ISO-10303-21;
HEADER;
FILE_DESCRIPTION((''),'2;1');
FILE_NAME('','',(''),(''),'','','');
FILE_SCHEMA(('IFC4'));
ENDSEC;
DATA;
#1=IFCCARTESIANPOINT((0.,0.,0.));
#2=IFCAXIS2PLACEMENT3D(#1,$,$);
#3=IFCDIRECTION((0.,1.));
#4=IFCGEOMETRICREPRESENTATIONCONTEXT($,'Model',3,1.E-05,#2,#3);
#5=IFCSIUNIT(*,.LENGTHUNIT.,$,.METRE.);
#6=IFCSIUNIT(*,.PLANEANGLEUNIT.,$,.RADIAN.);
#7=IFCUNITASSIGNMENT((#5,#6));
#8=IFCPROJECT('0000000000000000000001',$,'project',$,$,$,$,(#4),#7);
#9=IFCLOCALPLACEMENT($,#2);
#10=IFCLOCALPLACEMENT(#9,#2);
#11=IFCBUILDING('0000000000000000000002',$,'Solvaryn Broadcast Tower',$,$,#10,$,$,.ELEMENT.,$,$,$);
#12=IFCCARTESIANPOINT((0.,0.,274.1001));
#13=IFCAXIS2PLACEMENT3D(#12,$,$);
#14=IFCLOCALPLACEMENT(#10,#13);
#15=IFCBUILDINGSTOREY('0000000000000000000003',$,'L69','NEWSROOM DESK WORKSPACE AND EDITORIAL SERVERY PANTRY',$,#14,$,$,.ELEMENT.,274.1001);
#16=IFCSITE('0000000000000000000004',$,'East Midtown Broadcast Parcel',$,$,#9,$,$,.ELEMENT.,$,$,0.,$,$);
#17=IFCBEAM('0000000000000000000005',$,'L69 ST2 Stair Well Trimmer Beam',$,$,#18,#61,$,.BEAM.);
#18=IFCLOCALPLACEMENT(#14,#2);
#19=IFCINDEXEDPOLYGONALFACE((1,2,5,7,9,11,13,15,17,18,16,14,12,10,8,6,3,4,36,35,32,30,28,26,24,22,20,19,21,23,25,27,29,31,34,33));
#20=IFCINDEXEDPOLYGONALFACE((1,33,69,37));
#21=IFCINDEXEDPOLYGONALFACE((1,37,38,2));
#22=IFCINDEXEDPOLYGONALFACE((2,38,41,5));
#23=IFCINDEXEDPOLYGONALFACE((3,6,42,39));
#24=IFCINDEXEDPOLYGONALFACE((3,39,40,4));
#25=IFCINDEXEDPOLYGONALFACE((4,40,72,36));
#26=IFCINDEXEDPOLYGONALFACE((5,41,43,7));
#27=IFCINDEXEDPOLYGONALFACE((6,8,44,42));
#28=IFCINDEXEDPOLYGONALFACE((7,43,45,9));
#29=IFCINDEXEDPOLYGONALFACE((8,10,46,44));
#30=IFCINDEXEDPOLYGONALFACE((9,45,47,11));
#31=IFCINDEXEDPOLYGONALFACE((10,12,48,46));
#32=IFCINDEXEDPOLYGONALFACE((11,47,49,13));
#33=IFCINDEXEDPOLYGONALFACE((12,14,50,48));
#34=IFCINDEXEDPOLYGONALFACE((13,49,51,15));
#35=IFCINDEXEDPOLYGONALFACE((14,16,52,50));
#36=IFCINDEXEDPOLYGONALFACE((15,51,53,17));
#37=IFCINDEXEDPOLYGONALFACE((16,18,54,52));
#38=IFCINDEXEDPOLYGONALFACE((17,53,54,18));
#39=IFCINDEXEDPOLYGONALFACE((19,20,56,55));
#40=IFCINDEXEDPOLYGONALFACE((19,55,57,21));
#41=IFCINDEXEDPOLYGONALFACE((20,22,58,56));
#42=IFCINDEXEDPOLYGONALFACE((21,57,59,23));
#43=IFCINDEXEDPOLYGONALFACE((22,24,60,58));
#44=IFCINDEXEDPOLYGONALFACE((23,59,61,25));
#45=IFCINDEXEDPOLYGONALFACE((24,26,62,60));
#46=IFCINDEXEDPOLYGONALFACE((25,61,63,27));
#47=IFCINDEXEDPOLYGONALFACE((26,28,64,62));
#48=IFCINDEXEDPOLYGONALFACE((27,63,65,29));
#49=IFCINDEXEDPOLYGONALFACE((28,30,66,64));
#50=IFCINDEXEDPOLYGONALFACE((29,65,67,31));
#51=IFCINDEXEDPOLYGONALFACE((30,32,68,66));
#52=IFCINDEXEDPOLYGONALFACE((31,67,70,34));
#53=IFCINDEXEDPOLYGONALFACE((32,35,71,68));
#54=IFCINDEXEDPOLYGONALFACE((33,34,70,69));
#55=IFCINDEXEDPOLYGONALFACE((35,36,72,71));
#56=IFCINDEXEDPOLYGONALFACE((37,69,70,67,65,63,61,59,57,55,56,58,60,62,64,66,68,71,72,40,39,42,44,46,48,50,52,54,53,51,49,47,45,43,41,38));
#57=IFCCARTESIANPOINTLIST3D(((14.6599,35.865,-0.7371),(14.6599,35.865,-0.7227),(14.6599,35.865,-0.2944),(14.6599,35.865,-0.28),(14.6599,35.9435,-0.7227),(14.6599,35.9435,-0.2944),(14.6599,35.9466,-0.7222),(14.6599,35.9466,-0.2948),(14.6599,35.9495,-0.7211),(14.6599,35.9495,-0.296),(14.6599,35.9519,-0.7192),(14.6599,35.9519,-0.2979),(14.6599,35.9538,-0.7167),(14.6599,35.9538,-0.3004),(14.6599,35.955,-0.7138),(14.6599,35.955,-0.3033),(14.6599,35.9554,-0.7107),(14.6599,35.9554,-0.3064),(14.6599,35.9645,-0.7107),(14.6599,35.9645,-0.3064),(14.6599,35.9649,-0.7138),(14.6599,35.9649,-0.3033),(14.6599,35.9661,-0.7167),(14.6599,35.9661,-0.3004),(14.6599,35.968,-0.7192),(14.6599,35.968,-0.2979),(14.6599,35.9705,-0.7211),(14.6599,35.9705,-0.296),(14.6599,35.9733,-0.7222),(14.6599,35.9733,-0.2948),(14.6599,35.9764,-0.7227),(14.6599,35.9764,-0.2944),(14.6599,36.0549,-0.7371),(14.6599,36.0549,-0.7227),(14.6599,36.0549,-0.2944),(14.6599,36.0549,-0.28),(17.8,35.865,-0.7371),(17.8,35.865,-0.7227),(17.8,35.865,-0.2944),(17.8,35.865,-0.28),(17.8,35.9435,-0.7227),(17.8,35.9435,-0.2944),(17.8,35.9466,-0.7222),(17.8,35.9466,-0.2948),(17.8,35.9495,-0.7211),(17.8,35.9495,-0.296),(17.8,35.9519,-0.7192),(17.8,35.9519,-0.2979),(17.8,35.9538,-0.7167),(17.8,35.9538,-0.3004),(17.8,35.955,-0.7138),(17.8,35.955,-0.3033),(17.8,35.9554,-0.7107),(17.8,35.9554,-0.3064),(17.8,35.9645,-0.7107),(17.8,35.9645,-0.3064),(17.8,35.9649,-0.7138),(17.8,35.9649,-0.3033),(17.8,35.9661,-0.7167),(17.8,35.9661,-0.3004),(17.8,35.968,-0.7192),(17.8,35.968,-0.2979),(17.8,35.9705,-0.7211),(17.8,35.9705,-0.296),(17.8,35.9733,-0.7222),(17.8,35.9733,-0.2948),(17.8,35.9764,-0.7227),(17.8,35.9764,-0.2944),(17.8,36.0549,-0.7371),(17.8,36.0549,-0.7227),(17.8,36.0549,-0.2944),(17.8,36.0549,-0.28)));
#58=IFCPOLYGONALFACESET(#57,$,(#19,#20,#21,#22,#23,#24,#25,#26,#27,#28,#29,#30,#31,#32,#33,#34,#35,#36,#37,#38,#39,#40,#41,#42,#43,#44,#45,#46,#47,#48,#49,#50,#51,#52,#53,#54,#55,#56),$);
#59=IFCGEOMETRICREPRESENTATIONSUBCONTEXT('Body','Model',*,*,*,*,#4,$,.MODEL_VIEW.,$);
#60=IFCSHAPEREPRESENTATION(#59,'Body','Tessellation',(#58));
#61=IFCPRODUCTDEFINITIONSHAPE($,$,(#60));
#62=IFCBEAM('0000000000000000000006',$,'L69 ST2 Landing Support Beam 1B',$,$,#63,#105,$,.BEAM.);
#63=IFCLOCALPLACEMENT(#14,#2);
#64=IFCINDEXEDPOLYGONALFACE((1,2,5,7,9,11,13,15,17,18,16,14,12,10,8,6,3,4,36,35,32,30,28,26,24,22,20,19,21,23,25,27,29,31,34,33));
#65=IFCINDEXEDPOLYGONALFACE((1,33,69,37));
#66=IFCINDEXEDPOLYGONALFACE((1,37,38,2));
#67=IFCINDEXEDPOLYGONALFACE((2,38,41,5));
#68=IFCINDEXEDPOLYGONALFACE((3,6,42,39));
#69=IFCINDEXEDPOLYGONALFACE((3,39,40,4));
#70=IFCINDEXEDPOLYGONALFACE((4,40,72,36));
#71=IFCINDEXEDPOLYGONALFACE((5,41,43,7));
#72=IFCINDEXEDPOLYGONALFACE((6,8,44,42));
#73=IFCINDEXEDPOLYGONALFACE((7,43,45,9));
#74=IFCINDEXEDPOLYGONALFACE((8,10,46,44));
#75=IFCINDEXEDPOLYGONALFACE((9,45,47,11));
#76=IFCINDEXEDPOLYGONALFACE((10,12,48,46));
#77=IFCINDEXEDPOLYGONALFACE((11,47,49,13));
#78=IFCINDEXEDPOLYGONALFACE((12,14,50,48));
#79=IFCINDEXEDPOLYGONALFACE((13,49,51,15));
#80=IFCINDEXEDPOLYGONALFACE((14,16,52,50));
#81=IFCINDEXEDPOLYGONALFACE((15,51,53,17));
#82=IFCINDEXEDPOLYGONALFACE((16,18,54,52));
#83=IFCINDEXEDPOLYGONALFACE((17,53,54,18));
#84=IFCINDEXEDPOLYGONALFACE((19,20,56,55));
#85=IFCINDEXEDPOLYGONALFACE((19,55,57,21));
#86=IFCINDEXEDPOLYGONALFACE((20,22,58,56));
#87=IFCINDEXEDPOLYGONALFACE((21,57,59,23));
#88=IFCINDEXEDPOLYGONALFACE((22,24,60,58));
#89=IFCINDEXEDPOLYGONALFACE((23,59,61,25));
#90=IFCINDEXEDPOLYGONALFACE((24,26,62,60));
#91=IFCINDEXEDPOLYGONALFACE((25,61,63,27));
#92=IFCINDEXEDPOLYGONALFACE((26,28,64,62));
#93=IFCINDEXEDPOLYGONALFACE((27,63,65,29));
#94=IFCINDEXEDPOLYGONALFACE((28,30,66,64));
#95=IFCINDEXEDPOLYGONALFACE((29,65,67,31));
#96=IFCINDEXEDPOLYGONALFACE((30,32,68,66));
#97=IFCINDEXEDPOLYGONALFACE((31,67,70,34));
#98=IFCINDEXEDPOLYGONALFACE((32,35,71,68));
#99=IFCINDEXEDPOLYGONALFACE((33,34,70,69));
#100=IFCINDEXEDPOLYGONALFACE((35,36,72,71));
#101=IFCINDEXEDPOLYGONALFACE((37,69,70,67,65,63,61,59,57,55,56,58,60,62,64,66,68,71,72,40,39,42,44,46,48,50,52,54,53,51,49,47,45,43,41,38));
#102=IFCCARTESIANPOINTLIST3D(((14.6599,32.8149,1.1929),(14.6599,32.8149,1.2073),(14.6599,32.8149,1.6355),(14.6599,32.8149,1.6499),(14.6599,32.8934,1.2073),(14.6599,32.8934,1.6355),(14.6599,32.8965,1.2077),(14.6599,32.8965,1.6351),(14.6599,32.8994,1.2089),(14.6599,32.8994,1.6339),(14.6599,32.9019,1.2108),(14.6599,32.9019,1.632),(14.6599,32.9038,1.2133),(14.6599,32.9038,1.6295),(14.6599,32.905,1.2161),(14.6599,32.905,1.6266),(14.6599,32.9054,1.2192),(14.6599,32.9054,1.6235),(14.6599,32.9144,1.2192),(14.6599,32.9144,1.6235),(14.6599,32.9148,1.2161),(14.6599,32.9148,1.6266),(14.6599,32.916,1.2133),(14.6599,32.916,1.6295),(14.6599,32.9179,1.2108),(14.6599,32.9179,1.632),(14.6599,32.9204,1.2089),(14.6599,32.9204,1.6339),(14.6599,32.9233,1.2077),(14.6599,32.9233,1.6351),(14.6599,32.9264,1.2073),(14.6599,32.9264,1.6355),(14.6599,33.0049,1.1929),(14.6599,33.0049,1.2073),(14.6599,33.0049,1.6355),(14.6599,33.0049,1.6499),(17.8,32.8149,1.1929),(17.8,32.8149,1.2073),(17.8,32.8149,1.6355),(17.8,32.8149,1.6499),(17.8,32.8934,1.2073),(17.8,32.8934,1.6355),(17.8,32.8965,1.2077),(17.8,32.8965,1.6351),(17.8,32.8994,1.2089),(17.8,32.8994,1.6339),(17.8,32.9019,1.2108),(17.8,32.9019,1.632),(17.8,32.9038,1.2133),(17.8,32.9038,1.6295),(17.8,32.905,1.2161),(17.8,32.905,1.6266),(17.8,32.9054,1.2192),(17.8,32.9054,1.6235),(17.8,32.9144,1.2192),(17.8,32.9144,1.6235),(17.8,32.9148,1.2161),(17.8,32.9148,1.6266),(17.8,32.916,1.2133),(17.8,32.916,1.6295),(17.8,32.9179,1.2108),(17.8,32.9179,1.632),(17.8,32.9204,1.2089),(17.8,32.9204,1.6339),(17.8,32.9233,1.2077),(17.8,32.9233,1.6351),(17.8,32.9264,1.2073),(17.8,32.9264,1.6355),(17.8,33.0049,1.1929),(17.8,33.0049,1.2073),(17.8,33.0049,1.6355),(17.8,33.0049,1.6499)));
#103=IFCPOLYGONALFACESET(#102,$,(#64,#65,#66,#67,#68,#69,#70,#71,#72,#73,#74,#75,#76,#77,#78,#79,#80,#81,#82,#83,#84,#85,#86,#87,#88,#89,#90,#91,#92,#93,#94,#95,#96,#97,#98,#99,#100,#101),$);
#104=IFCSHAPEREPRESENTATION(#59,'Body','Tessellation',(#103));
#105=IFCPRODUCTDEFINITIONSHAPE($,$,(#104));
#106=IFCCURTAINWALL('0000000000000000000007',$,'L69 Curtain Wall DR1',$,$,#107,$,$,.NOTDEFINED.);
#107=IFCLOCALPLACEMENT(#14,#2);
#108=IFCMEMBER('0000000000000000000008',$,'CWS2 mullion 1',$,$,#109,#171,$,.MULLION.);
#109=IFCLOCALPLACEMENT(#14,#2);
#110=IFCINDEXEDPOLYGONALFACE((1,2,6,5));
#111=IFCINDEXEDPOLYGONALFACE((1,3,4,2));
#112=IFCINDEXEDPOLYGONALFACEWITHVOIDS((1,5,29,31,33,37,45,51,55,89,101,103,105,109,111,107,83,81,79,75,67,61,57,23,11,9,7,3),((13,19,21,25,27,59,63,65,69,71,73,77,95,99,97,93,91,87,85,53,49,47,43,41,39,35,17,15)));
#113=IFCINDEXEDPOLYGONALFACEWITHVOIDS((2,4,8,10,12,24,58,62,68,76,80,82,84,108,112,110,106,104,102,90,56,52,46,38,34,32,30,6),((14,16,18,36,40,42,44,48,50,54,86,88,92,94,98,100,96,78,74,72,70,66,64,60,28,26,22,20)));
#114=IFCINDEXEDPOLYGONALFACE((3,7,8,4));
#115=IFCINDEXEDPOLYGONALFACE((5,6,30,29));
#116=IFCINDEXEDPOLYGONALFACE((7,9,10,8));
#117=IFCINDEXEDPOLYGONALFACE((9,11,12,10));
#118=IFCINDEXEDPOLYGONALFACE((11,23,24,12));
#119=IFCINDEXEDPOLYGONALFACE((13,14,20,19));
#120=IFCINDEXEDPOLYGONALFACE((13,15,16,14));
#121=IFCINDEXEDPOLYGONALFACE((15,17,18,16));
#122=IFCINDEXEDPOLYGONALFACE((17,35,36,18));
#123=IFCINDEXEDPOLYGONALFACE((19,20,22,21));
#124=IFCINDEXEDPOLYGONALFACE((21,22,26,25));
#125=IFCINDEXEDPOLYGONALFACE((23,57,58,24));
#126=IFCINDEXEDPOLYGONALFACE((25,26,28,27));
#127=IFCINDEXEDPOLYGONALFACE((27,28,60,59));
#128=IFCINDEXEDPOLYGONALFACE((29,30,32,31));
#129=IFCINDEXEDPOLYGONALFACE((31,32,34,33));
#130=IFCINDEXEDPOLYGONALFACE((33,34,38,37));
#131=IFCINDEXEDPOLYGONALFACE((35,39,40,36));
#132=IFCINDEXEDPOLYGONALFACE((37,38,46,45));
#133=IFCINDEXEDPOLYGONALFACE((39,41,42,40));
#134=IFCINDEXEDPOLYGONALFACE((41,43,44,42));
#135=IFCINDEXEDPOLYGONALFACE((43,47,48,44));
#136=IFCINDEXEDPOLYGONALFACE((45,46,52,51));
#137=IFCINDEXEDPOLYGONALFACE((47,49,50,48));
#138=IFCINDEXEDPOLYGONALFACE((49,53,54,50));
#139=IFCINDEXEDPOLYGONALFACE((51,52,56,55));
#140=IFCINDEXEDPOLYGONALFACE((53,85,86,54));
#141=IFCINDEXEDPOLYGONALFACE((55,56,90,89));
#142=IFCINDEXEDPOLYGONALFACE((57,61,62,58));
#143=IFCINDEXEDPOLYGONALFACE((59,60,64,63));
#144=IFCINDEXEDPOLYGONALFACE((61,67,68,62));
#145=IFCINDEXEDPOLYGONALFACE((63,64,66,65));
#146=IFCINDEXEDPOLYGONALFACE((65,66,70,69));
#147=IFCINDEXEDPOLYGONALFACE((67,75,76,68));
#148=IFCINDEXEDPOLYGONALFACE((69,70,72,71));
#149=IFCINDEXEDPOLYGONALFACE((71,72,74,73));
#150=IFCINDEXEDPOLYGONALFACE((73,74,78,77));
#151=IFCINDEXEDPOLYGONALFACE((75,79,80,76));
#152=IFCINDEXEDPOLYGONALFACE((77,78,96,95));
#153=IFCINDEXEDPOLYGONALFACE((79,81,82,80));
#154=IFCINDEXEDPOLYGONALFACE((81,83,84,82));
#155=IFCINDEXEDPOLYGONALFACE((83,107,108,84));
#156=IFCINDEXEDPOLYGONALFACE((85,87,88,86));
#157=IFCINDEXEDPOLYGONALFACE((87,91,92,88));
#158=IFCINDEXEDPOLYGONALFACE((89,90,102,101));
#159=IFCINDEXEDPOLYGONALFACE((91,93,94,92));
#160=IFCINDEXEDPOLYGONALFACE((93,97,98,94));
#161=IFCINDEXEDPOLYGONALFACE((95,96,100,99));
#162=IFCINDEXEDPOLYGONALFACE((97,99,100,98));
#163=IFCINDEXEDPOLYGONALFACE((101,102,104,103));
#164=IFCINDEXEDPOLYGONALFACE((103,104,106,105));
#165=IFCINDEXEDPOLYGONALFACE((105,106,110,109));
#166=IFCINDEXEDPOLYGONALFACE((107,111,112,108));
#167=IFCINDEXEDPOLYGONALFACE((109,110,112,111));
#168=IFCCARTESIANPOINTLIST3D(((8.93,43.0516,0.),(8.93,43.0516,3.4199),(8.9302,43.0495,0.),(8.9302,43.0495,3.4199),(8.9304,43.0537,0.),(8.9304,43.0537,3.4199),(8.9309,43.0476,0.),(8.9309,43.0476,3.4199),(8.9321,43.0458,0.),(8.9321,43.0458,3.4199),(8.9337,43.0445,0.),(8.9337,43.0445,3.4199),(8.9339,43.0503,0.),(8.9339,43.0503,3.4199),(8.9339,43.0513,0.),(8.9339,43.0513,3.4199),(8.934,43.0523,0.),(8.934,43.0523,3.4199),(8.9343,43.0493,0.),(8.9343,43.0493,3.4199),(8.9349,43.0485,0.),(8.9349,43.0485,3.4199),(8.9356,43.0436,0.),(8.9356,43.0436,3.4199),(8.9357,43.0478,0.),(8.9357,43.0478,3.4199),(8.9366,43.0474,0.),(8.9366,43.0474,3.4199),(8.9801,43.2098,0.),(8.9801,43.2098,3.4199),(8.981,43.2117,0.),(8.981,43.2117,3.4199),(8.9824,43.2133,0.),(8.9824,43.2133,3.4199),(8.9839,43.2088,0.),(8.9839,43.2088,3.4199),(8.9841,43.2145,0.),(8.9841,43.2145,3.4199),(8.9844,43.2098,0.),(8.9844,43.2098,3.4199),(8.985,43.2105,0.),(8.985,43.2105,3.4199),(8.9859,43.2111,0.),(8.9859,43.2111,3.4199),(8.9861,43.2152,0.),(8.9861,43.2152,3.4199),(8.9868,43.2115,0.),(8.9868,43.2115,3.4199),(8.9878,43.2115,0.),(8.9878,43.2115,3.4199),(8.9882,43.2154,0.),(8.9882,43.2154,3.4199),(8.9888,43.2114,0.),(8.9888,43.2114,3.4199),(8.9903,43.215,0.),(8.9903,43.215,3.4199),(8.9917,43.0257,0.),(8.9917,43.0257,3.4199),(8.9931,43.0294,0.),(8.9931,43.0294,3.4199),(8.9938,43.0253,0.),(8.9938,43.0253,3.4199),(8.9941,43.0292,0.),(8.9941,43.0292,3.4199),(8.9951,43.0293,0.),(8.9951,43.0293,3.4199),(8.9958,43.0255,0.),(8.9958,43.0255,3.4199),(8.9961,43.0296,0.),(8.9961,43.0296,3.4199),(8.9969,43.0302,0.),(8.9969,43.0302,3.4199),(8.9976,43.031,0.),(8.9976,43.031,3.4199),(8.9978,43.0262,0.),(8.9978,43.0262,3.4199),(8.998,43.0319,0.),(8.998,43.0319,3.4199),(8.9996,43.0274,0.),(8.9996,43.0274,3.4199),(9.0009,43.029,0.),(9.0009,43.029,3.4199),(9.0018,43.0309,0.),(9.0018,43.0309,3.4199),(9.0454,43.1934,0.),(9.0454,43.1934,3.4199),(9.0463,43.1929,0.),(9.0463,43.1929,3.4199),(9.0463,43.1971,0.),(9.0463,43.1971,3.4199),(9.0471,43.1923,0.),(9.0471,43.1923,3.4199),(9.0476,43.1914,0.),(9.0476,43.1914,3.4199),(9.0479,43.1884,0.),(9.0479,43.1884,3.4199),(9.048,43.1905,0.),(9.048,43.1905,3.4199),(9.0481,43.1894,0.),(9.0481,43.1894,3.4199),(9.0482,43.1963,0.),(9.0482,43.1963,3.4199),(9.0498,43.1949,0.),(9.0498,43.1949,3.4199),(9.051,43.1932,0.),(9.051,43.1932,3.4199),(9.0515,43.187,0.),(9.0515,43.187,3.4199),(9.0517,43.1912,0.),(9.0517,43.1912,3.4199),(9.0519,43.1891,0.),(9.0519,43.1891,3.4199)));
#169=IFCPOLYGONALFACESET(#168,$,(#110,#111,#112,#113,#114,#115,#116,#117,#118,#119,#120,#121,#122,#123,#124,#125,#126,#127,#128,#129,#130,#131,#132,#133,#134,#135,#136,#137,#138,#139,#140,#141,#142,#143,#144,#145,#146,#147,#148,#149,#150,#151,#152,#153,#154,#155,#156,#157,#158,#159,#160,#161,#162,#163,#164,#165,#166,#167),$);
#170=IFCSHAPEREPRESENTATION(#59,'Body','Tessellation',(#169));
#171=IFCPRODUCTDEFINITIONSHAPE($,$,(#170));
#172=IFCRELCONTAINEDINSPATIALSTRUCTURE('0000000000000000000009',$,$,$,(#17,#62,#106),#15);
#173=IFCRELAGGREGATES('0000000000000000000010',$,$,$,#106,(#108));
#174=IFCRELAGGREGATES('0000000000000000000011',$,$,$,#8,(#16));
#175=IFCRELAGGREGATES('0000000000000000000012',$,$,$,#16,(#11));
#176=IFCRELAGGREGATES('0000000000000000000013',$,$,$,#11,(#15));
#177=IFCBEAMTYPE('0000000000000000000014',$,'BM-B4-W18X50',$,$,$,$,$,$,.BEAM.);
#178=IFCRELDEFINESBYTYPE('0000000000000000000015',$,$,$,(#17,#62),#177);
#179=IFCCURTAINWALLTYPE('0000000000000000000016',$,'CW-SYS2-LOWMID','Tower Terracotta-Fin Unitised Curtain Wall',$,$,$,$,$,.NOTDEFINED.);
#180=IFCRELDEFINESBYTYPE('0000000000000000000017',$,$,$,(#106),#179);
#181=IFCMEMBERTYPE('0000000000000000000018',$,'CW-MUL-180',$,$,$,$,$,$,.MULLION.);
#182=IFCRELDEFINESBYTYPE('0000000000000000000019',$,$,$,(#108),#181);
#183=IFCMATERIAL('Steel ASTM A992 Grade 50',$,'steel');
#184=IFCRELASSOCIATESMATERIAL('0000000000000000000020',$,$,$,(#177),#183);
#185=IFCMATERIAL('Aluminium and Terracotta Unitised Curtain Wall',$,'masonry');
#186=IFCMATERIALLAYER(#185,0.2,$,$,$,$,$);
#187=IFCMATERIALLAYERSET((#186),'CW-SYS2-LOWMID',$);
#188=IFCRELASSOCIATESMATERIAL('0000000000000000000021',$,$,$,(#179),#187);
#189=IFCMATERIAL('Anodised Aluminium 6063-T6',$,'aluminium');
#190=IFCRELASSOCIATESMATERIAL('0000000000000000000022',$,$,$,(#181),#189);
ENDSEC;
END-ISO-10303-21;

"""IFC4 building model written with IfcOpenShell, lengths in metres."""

from ifc_helpers import new_model, si_unit, direction, frame, origin, origin_2d, place, context, subcontext, project, spatial, hollow_rectangle, i_section, extrude, material, layer, layer_set, material_profile, profile_set, type_object, element, aggregate, save


model = new_model("IFC4")

# Units and contexts
model_context = context("Model", 3, precision=1e-05, world=origin(), true_north=direction((0.0, 1.0)))
body_context = subcontext(model_context, "Body", "Model", "MODEL_VIEW")
ifc_project = project(units=[si_unit("LENGTHUNIT", "METRE"), si_unit("PLANEANGLEUNIT", "RADIAN")], contexts=[model_context])

# Site, building, storey
site_placement = place(None, origin())
site = spatial("IfcSite", under=ifc_project, at=site_placement, Name="East Midtown Broadcast Parcel", CompositionType="ELEMENT", RefElevation=0.0)
building_placement = place(site_placement, origin())
building = spatial("IfcBuilding", under=site, at=building_placement, Name="Solvaryn Broadcast Tower", CompositionType="ELEMENT")
storey_placement = place(building_placement, frame((0.0, 0.0, 274.1001)))
storey = spatial("IfcBuildingStorey", under=building, at=storey_placement, Name="L69", Description="NEWSROOM DESK WORKSPACE AND EDITORIAL SERVERY PANTRY", CompositionType="ELEMENT", Elevation=274.1001)

# Beams
ifc_material_1 = material(Name="Steel ASTM A992 Grade 50", Category="steel")
ifc_material_profile_1 = material_profile(ifc_material_1, i_section(OverallWidth=0.1899, OverallDepth=0.457, WebThickness=0.009, FlangeThickness=0.0144, FilletRadius=0.012, at=origin_2d()))
ifc_profile_set_1 = profile_set([ifc_material_profile_1], Name="Steel ASTM A992 Grade 50")
beam_type_1 = type_object("IfcBeamType", Name="BM-B4-W18X50", PredefinedType="BEAM", material=ifc_profile_set_1)
for number, where, z_axis, x_axis, name in (
    (1, (14.6599, 35.96, -0.5085), (1.0, 0.0, 0.0), (0.0, 1.0, 0.0), "L69 ST2 Stair Well Trimmer Beam"),
    (2, (14.6599, 32.9099, 1.4214), (1.0, 0.0, 0.0), (0.0, 1.0, 0.0), "L69 ST2 Landing Support Beam 1B"),
):
    element("IfcBeam", number, at=place(storey_placement, frame(where, z_axis=z_axis, x_axis=x_axis)), inside=storey, type_object=beam_type_1, Name=name, PredefinedType="BEAM", context=body_context, shape_type="SweptSolid", body=[
        extrude(i_section(OverallWidth=0.1899, OverallDepth=0.457, WebThickness=0.009, FlangeThickness=0.0144, FilletRadius=0.012, at=origin_2d()), origin(), (0.0, 0.0, 1.0), 3.1401),
    ])

# Curtain wall, member
ifc_material_2 = material(Name="Aluminium and Terracotta Unitised Curtain Wall", Category="masonry")
ifc_layer_1 = layer(ifc_material_2, 0.2)
ifc_layer_set_1 = layer_set([ifc_layer_1], Name="CW-SYS2-LOWMID")
curtain_wall_type = type_object("IfcCurtainWallType", Name="CW-SYS2-LOWMID", Description="Tower Terracotta-Fin Unitised Curtain Wall", PredefinedType="NOTDEFINED", material=ifc_layer_set_1)
curtain_wall_1_placement = place(storey_placement, origin())
curtain_wall_1 = element("IfcCurtainWall", 3, at=curtain_wall_1_placement, inside=storey, type_object=curtain_wall_type, Name="L69 Curtain Wall DR1", PredefinedType="NOTDEFINED")
ifc_material_3 = material(Name="Anodised Aluminium 6063-T6", Category="aluminium")
ifc_material_profile_2 = material_profile(ifc_material_3, hollow_rectangle(XDim=0.075, YDim=0.1799, WallThickness=0.0039, InnerFilletRadius=0.0039, OuterFilletRadius=0.0081, at=origin_2d()))
ifc_profile_set_2 = profile_set([ifc_material_profile_2], Name="Anodised Aluminium 6063-T6")
member_type_1 = type_object("IfcMemberType", Name="CW-MUL-180", PredefinedType="MULLION", material=ifc_profile_set_2)
member_1_placement = place(storey_placement, frame((8.991, 43.1204, 0.0), z_axis=(0.0, 0.0, 1.0), x_axis=(0.952795, -0.303616, 0.0)))
member_1 = element("IfcMember", 4, at=member_1_placement, type_object=member_type_1, Name="CWS2 mullion 1", PredefinedType="MULLION", context=body_context, shape_type="SweptSolid", body=[
    extrude(hollow_rectangle(XDim=0.075, YDim=0.1799, WallThickness=0.0039, InnerFilletRadius=0.0039, OuterFilletRadius=0.0081, at=origin_2d()), origin(), (0.0, 0.0, 1.0), 3.4199),
])

aggregate(curtain_wall_1, [member_1])

save(model, "model.ifc")
